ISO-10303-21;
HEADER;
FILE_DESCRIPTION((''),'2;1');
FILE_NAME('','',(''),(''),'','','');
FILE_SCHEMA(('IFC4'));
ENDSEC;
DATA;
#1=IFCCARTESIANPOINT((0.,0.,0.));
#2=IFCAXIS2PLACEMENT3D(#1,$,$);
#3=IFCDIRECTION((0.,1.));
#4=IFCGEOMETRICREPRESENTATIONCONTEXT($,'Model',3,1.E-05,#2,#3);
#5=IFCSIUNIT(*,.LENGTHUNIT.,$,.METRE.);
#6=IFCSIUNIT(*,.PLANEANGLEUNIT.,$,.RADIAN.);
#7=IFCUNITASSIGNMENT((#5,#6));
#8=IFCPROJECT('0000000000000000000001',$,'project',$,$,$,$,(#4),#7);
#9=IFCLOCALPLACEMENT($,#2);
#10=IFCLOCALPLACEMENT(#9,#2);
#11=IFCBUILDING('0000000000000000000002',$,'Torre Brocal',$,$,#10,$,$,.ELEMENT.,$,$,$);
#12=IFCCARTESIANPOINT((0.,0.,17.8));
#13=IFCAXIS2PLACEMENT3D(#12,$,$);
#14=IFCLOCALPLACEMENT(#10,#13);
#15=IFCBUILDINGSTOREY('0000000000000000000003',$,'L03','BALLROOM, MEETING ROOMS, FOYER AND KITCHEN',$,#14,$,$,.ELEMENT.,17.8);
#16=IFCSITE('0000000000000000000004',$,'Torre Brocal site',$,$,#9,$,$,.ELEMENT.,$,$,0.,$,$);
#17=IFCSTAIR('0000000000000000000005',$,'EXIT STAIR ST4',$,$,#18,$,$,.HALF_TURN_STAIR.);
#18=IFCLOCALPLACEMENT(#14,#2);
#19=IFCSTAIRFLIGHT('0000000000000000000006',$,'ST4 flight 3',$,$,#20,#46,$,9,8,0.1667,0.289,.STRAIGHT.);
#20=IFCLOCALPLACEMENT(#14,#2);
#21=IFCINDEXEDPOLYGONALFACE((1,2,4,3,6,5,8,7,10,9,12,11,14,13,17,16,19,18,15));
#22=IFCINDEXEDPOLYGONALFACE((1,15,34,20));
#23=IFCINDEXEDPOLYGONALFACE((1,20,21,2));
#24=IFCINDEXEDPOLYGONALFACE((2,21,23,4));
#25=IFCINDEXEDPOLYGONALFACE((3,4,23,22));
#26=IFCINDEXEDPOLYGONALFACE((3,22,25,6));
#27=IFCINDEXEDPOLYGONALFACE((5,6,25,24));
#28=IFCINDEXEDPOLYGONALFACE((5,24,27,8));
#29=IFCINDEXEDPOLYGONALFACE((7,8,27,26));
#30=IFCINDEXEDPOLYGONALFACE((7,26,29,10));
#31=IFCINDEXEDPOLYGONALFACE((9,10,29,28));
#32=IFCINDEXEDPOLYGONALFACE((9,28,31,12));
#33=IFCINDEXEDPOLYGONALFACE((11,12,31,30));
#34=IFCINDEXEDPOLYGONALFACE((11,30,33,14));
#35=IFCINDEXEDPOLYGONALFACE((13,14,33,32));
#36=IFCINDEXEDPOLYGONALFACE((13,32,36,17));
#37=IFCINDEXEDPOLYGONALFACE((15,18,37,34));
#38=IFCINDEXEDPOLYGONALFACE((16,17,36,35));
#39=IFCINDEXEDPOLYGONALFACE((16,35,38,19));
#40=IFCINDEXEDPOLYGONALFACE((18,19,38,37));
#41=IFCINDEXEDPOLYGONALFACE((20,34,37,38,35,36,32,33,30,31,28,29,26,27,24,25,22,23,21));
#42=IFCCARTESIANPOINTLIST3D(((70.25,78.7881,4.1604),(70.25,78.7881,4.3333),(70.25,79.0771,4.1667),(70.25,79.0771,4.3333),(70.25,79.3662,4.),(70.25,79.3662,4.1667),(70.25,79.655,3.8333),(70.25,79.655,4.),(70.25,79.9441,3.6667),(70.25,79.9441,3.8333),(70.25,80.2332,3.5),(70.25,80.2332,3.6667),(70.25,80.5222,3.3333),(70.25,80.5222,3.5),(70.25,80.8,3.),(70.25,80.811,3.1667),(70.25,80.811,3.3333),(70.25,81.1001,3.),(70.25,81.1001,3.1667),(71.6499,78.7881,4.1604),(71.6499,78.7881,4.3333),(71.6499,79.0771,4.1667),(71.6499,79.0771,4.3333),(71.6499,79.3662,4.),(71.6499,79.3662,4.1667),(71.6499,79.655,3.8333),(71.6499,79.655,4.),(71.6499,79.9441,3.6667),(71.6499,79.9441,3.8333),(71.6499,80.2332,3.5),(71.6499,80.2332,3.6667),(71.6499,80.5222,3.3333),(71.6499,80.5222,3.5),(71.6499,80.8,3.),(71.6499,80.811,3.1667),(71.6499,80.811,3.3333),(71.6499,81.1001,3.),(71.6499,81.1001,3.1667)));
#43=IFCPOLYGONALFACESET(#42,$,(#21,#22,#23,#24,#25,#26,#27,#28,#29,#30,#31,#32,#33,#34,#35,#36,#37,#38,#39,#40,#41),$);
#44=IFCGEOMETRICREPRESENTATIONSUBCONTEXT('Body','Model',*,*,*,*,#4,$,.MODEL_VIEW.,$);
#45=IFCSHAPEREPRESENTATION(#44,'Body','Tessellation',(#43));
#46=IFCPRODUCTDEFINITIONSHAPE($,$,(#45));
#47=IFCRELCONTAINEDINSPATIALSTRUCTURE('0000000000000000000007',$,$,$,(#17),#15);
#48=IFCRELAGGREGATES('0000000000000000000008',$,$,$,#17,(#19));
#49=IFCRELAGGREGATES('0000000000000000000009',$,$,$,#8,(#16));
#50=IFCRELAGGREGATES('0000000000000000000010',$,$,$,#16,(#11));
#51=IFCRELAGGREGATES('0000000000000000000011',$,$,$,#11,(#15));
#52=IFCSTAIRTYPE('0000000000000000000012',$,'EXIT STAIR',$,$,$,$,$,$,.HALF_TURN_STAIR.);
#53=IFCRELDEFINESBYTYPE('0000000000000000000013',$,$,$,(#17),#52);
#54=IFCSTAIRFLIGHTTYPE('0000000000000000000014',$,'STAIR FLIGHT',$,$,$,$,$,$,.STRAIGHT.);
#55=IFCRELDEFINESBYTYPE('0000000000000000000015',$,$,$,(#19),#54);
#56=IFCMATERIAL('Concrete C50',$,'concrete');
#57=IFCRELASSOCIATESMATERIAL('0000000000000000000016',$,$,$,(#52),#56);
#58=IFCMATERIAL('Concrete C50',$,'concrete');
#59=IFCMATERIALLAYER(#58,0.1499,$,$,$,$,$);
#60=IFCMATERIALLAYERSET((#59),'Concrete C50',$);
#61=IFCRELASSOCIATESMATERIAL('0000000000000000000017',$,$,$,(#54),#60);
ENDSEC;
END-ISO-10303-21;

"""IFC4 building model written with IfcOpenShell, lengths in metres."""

from ifc_helpers import new_model, si_unit, direction, frame, origin, place, context, subcontext, project, spatial, polyline, outline, extrude, material, layer, layer_set, type_object, element, aggregate, save


model = new_model("IFC4")

# Units and contexts
model_context = context("Model", 3, precision=1e-05, world=origin(), true_north=direction((0.0, 1.0)))
body_context = subcontext(model_context, "Body", "Model", "MODEL_VIEW")
ifc_project = project(units=[si_unit("LENGTHUNIT", "METRE"), si_unit("PLANEANGLEUNIT", "RADIAN")], contexts=[model_context])

# Site, building, storey
site_placement = place(None, origin())
site = spatial("IfcSite", under=ifc_project, at=site_placement, Name="Torre Brocal site", CompositionType="ELEMENT", RefElevation=0.0)
building_placement = place(site_placement, origin())
building = spatial("IfcBuilding", under=site, at=building_placement, Name="Torre Brocal", CompositionType="ELEMENT")
storey_placement = place(building_placement, frame((0.0, 0.0, 17.8)))
storey = spatial("IfcBuildingStorey", under=building, at=storey_placement, Name="L03", Description="BALLROOM, MEETING ROOMS, FOYER AND KITCHEN", CompositionType="ELEMENT", Elevation=17.8)

# Stair, stair flight
ifc_material_1 = material(Name="Concrete C50", Category="concrete")
stair_type = type_object("IfcStairType", Name="EXIT STAIR", PredefinedType="HALF_TURN_STAIR", material=ifc_material_1)
stair_placement = place(storey_placement, origin())
stair = element("IfcStair", 1, at=stair_placement, inside=storey, type_object=stair_type, Name="EXIT STAIR ST4", PredefinedType="HALF_TURN_STAIR")
ifc_material_2 = material(Name="Concrete C50", Category="concrete")
ifc_layer_1 = layer(ifc_material_2, 0.1499)
ifc_layer_set_1 = layer_set([ifc_layer_1], Name="Concrete C50")
stair_flight_type = type_object("IfcStairFlightType", Name="STAIR FLIGHT", PredefinedType="STRAIGHT", material=ifc_layer_set_1)
stair_flight_1_placement = place(storey_placement, frame((70.95, 81.1001, 3.0), z_axis=(0.0, 0.0, 1.0), x_axis=(0.0, -1.0, 0.0)))
stair_flight_1 = element("IfcStairFlight", 2, at=stair_flight_1_placement, type_object=stair_flight_type, Name="ST4 flight 3", NumberOfRisers=9, NumberOfTreads=8, PredefinedType="STRAIGHT", RiserHeight=0.1667, TreadLength=0.289, context=body_context, shape_type="SweptSolid", body=[
    extrude(outline(polyline([(0.0, 0.0), (0.0, 0.1667), (0.2891, 0.1667), (0.2891, 0.3333), (0.5779, 0.3333), (0.5779, 0.5), (0.8669, 0.5), (0.8669, 0.6667), (1.156, 0.6667), (1.156, 0.8333), (1.4451, 0.8333), (1.4451, 1.0), (1.7339, 1.0), (1.7339, 1.1667), (2.0229, 1.1667), (2.0229, 1.3333), (2.312, 1.3333), (2.312, 1.5), (2.312, 1.1604), (0.3, 0.0), (0.0, 0.0)])), frame((0.0, 0.7, 0.0), z_axis=(0.0, -1.0, 0.0), x_axis=(1.0, 0.0, 0.0)), (0.0, 0.0, 1.0), 1.3999),
])
aggregate(stair, [stair_flight_1])

save(model, "model.ifc")
